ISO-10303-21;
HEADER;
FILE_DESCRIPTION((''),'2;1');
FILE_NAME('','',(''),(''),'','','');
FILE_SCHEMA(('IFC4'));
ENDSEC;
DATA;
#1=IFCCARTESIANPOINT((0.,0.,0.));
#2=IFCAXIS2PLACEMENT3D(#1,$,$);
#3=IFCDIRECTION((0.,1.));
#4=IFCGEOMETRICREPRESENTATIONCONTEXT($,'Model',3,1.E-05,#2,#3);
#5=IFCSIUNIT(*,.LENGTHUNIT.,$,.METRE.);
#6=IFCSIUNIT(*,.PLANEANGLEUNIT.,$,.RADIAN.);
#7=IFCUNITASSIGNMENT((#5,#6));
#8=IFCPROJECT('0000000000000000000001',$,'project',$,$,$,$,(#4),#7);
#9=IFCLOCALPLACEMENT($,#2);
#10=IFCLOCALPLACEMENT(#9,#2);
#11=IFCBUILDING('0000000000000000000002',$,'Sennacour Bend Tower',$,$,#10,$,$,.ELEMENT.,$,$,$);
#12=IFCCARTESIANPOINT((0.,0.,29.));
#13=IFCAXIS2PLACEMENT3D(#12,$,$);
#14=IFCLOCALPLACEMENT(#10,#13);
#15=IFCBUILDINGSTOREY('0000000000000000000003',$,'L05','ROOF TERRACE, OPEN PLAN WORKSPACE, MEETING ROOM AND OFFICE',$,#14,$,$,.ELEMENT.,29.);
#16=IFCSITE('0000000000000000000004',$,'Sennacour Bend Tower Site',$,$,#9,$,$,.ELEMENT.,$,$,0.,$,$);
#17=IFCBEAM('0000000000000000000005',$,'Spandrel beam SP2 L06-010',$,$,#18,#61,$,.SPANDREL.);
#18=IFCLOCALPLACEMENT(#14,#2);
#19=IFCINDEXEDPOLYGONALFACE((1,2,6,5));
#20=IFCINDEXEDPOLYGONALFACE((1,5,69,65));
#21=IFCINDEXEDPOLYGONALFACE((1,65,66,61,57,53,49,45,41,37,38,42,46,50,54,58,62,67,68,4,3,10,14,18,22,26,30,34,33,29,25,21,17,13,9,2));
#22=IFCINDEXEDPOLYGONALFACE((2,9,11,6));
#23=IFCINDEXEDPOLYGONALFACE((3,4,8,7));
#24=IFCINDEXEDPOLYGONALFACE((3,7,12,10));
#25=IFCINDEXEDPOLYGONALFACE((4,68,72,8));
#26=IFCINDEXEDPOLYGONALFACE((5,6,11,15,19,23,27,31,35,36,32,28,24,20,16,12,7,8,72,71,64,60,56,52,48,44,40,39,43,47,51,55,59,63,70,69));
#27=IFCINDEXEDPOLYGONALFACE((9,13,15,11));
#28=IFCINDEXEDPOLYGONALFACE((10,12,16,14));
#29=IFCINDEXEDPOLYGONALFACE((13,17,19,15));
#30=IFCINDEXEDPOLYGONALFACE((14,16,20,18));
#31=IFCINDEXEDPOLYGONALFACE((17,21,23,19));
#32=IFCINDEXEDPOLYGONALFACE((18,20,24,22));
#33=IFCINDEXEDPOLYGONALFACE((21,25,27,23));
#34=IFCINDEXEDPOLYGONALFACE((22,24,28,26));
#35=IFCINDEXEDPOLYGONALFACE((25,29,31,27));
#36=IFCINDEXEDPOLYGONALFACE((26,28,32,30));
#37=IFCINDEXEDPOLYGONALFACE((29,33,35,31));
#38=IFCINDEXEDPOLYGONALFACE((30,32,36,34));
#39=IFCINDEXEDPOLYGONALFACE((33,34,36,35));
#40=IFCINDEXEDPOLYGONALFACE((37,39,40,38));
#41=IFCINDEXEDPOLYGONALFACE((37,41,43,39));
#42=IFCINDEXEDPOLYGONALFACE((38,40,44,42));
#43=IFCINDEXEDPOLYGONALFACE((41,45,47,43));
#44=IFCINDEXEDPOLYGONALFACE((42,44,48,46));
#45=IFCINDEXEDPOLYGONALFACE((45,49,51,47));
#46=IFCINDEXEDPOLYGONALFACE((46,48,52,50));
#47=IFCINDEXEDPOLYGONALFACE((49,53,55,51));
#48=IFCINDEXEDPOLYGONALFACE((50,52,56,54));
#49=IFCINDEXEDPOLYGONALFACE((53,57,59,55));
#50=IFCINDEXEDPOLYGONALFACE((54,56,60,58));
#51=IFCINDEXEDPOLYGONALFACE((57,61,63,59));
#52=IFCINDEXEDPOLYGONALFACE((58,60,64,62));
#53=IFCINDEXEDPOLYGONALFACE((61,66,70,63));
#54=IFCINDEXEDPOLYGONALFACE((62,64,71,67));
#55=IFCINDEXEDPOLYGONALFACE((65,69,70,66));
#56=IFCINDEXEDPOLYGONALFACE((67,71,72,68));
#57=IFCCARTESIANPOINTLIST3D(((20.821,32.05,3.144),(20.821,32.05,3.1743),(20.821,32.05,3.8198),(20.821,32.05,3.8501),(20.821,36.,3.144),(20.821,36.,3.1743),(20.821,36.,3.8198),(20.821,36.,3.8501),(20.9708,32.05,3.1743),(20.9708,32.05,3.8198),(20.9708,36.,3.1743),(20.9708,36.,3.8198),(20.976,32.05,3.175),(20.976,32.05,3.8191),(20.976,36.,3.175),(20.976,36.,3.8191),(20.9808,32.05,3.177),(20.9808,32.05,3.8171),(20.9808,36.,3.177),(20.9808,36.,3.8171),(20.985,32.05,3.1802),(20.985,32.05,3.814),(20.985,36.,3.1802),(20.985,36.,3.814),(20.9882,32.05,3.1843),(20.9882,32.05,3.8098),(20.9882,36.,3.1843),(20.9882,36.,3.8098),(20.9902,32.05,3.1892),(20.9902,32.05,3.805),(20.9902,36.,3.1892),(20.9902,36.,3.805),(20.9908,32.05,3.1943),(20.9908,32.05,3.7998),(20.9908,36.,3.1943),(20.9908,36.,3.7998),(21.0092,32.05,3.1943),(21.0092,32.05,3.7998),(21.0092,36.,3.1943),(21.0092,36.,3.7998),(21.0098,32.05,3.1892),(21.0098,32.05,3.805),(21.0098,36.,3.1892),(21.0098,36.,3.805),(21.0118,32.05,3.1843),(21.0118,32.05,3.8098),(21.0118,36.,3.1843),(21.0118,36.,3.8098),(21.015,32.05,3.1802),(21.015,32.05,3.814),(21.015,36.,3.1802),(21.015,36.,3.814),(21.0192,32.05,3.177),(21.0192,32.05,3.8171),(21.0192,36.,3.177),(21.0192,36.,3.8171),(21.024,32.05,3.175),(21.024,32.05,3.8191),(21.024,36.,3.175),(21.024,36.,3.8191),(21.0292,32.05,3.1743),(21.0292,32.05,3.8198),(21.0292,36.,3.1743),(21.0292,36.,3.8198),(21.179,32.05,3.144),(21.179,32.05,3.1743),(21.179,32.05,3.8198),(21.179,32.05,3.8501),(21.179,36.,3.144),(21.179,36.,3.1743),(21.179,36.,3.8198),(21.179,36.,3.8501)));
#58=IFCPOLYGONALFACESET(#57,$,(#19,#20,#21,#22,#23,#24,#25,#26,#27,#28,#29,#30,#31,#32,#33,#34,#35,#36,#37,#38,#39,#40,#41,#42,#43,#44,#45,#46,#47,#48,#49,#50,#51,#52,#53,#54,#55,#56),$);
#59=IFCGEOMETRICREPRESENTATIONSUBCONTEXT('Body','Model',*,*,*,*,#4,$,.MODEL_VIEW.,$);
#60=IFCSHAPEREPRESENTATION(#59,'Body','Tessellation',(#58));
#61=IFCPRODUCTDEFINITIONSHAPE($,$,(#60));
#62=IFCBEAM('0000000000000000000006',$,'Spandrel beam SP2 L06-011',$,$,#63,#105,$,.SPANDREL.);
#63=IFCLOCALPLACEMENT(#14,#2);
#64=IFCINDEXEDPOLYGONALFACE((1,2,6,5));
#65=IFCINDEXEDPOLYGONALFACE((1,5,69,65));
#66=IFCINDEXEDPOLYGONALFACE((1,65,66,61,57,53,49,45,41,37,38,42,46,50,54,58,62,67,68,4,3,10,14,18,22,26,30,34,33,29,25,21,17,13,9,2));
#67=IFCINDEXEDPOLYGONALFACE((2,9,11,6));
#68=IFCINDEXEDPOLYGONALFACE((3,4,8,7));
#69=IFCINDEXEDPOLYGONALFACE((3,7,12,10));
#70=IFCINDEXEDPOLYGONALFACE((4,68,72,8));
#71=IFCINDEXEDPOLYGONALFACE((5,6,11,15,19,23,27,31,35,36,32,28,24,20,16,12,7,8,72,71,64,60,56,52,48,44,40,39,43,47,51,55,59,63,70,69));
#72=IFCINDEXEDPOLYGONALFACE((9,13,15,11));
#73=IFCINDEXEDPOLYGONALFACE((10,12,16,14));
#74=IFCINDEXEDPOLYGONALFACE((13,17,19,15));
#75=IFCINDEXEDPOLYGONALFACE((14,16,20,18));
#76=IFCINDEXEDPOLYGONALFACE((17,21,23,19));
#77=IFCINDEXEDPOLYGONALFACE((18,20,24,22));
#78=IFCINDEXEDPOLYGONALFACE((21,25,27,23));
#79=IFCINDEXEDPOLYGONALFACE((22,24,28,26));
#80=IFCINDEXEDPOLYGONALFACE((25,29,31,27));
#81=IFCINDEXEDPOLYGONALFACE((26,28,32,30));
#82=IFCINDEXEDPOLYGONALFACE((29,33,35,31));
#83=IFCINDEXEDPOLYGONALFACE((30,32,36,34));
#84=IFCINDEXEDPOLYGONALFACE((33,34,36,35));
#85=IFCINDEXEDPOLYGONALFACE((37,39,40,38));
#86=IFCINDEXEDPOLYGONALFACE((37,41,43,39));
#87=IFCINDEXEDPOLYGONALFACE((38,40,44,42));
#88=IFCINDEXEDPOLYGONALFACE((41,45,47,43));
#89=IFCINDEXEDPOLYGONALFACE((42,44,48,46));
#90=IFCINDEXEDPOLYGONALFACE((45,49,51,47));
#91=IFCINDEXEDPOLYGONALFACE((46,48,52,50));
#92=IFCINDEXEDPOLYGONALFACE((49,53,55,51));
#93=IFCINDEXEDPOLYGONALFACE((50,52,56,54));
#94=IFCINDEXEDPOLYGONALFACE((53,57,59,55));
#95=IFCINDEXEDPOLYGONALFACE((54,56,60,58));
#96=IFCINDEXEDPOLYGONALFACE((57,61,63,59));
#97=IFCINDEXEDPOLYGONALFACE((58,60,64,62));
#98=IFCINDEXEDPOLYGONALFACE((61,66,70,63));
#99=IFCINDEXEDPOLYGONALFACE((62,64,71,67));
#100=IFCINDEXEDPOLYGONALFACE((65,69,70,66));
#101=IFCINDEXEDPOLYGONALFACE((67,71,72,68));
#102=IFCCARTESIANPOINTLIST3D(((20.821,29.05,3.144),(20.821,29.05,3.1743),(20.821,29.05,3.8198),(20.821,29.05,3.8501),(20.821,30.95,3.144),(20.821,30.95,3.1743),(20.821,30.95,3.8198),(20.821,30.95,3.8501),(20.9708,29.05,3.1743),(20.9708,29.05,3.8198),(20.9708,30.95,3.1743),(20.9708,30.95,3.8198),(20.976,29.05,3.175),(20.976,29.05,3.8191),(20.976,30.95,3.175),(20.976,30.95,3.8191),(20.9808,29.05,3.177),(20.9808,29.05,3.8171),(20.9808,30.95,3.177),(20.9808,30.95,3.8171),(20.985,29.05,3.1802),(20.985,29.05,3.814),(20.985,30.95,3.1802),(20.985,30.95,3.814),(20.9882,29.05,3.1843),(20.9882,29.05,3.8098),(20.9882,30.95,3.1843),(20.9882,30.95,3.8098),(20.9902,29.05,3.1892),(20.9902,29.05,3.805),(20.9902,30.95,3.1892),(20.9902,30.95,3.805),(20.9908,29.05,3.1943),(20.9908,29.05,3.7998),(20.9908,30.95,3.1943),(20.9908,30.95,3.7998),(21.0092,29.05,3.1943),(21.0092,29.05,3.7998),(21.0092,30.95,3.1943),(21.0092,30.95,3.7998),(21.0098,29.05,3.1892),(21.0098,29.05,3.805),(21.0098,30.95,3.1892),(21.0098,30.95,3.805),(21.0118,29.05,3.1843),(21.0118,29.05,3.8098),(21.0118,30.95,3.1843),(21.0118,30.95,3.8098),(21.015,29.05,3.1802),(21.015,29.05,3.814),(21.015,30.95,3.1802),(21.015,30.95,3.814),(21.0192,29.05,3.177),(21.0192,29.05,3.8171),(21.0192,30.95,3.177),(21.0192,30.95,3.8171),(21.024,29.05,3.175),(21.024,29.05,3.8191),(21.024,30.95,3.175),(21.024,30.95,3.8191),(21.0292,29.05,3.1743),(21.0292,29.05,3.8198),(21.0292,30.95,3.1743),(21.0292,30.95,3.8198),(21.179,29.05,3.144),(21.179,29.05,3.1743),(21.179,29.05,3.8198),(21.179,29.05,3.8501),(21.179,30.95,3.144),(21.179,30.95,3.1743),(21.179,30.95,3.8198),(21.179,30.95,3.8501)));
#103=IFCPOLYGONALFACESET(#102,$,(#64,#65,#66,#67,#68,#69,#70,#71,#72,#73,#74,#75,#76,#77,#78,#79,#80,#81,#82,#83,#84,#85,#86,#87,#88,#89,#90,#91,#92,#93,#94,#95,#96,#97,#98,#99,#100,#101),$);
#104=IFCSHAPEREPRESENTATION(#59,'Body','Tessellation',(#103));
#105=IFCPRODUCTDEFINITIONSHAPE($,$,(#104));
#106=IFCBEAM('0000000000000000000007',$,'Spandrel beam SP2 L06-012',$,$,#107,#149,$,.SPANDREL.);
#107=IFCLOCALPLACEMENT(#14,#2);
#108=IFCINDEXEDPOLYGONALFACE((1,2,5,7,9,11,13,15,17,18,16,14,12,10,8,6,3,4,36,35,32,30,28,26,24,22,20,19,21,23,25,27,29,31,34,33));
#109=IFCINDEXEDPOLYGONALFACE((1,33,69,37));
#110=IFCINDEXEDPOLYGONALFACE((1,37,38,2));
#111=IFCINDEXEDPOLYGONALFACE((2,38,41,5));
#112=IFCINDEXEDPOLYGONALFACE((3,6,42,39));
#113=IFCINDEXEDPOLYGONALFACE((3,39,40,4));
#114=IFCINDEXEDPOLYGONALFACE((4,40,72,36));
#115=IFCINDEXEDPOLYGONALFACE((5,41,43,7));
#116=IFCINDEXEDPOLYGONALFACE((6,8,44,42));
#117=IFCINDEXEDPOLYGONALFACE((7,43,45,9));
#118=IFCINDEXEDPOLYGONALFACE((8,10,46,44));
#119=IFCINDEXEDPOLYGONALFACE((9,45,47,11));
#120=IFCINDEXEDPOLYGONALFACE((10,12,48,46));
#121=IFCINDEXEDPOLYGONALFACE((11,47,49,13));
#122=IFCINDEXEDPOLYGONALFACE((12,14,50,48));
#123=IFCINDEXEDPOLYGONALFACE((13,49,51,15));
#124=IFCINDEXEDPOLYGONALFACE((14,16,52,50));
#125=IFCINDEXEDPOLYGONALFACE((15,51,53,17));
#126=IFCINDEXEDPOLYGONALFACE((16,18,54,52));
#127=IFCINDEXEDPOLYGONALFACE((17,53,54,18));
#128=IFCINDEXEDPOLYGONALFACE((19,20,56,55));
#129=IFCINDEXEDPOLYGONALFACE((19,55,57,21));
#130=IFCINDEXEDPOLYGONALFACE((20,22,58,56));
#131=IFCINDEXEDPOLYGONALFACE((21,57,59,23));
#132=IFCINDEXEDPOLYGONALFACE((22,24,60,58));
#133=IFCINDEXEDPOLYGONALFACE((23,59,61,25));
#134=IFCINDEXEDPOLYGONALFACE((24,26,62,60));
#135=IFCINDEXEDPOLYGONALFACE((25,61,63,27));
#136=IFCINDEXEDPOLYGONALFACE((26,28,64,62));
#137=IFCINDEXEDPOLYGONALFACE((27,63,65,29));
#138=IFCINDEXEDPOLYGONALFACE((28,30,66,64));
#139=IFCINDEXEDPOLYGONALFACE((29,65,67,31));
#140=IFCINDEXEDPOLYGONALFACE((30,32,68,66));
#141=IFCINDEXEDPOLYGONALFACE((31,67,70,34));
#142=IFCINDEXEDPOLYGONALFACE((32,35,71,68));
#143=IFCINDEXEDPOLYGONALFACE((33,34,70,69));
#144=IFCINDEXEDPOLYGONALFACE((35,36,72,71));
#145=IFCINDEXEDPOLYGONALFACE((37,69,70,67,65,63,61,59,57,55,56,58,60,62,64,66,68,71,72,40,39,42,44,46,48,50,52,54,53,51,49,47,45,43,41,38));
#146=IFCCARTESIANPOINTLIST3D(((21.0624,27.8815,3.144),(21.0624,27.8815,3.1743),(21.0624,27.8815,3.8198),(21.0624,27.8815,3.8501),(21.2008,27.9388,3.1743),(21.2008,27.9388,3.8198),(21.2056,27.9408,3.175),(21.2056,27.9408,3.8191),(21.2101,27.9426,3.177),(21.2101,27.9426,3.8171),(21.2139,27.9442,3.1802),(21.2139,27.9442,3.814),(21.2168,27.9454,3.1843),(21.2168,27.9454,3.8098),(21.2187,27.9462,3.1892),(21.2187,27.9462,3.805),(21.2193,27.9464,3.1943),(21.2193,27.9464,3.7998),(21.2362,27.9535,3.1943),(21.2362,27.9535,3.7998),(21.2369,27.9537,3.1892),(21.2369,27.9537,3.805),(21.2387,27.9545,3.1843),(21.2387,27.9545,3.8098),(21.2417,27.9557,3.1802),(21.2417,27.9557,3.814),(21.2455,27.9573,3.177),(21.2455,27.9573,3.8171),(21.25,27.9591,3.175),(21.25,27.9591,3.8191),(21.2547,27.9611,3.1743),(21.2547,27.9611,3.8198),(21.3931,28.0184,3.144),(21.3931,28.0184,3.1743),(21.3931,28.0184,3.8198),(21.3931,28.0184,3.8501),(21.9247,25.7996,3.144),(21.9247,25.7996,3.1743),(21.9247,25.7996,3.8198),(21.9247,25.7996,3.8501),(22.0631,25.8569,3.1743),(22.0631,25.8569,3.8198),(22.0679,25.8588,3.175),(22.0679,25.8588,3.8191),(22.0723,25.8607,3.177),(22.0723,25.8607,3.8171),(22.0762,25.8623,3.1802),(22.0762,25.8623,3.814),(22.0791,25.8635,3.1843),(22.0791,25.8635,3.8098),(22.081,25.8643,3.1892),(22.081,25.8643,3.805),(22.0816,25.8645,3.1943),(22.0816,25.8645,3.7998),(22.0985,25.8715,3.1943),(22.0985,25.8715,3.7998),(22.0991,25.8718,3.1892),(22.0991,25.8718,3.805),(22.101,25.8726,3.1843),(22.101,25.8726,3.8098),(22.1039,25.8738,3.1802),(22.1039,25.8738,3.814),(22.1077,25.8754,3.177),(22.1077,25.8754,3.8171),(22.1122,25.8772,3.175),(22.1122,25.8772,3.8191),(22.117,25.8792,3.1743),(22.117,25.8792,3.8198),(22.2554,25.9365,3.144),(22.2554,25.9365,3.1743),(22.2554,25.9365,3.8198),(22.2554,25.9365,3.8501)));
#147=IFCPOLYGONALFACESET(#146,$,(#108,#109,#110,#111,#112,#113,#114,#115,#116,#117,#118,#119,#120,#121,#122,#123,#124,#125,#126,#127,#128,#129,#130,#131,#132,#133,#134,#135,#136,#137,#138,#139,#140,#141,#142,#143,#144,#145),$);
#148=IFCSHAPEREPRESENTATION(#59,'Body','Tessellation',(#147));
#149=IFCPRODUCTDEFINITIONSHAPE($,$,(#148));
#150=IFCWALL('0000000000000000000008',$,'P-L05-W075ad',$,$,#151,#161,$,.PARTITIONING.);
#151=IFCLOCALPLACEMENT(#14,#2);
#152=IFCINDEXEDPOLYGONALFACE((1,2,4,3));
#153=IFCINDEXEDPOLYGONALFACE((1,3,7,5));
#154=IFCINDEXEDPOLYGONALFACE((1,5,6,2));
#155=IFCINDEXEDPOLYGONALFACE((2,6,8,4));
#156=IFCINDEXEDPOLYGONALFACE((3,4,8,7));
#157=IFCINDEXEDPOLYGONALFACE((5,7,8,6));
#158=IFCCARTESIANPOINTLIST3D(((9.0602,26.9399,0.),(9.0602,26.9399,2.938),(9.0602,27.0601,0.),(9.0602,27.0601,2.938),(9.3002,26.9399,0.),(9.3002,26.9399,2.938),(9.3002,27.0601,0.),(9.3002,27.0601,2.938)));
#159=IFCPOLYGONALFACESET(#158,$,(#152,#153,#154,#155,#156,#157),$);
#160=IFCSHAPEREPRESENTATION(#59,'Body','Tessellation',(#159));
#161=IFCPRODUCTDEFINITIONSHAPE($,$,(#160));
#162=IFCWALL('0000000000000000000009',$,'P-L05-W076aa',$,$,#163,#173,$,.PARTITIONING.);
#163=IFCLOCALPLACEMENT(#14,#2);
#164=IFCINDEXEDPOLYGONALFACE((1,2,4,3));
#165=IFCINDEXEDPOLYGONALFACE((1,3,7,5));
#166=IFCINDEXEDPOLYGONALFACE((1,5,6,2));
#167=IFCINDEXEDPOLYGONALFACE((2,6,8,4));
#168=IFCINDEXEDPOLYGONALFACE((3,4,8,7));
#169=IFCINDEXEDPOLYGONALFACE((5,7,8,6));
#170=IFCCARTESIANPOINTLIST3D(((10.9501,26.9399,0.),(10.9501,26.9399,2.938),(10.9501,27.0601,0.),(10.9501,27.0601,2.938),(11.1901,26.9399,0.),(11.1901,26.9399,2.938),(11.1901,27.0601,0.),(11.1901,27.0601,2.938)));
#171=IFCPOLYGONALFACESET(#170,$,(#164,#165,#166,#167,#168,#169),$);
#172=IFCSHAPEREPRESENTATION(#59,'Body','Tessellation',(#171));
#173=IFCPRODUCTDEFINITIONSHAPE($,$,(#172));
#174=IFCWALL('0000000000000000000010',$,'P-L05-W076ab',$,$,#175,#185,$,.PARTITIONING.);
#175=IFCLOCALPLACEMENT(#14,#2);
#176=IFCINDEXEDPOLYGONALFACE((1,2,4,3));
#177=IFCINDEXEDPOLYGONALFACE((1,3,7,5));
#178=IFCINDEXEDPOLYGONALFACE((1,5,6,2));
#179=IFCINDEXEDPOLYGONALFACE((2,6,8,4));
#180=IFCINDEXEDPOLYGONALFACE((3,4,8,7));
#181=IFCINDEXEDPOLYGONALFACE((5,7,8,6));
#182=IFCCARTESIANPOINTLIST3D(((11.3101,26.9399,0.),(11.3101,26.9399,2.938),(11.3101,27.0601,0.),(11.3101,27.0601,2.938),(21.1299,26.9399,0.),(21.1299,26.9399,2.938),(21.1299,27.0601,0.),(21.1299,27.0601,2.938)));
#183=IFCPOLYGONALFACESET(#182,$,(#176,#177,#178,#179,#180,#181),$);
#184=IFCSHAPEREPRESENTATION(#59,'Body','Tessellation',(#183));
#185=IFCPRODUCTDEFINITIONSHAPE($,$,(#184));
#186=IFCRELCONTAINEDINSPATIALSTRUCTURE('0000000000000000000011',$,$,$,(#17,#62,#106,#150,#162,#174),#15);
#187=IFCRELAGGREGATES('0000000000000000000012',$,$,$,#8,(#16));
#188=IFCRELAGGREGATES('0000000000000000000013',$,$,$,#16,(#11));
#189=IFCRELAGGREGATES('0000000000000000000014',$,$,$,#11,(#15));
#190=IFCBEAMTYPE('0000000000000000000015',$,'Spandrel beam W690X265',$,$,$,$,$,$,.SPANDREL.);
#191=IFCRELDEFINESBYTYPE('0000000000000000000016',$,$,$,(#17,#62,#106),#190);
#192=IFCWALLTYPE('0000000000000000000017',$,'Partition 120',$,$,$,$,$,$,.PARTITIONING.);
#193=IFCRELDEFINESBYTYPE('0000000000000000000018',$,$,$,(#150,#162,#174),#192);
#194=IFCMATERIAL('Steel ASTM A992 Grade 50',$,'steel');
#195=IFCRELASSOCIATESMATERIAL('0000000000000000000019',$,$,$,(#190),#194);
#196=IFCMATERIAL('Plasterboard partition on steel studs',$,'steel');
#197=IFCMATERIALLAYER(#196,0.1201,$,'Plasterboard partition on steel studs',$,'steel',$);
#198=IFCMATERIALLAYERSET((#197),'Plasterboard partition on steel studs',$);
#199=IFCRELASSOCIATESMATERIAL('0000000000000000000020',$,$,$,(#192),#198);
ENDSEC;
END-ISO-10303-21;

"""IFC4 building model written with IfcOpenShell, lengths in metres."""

from ifc_helpers import new_model, si_unit, direction, frame, frame_2d, origin, origin_2d, place, context, subcontext, project, spatial, rectangle, i_section, extrude, material, layer, layer_set, material_profile, profile_set, type_object, element, save


model = new_model("IFC4")

# Units and contexts
model_context = context("Model", 3, precision=1e-05, world=origin(), true_north=direction((0.0, 1.0)))
body_context = subcontext(model_context, "Body", "Model", "MODEL_VIEW")
ifc_project = project(units=[si_unit("LENGTHUNIT", "METRE"), si_unit("PLANEANGLEUNIT", "RADIAN")], contexts=[model_context])

# Site, building, storey
site_placement = place(None, origin())
site = spatial("IfcSite", under=ifc_project, at=site_placement, Name="Sennacour Bend Tower Site", CompositionType="ELEMENT", RefElevation=0.0)
building_placement = place(site_placement, origin())
building = spatial("IfcBuilding", under=site, at=building_placement, Name="Sennacour Bend Tower", CompositionType="ELEMENT")
storey_placement = place(building_placement, frame((0.0, 0.0, 29.0)))
storey = spatial("IfcBuildingStorey", under=building, at=storey_placement, Name="L05", Description="ROOF TERRACE, OPEN PLAN WORKSPACE, MEETING ROOM AND OFFICE", CompositionType="ELEMENT", Elevation=29.0)

# Beams
ifc_material_1 = material(Name="Steel ASTM A992 Grade 50", Category="steel")
ifc_material_profile_1 = material_profile(ifc_material_1, i_section(OverallWidth=0.3579, OverallDepth=0.7061, WebThickness=0.0183, FlangeThickness=0.0303, FilletRadius=0.02, at=origin_2d()), Name="Steel ASTM A992 Grade 50", Category="steel")
ifc_profile_set_1 = profile_set([ifc_material_profile_1], Name="Steel ASTM A992 Grade 50")
beam_type_1 = type_object("IfcBeamType", Name="Spandrel beam W690X265", PredefinedType="SPANDREL", material=ifc_profile_set_1)
beam_1_placement = place(storey_placement, frame((21.0, 36.0, 3.4971), z_axis=(0.0, -1.0, 0.0), x_axis=(1.0, 0.0, 0.0)))
element("IfcBeam", 1, at=beam_1_placement, inside=storey, type_object=beam_type_1, Name="Spandrel beam SP2 L06-010", PredefinedType="SPANDREL", context=body_context, shape_type="SweptSolid", body=[
    extrude(i_section(OverallWidth=0.3579, OverallDepth=0.7061, WebThickness=0.0183, FlangeThickness=0.0303, FilletRadius=0.02, at=origin_2d()), origin(), (0.0, 0.0, 1.0), 3.95),
])
beam_2_placement = place(storey_placement, frame((21.0, 30.95, 3.4971), z_axis=(0.0, -1.0, 0.0), x_axis=(1.0, 0.0, 0.0)))
element("IfcBeam", 2, at=beam_2_placement, inside=storey, type_object=beam_type_1, Name="Spandrel beam SP2 L06-011", PredefinedType="SPANDREL", context=body_context, shape_type="SweptSolid", body=[
    extrude(i_section(OverallWidth=0.3579, OverallDepth=0.7061, WebThickness=0.0183, FlangeThickness=0.0303, FilletRadius=0.02, at=origin_2d()), origin(), (0.0, 0.0, 1.0), 1.8999),
])
beam_3_placement = place(storey_placement, frame((21.2278, 27.95, 3.4971), z_axis=(0.382645, -0.923895, 0.0), x_axis=(0.923895, 0.382645, 0.0)))
element("IfcBeam", 3, at=beam_3_placement, inside=storey, type_object=beam_type_1, Name="Spandrel beam SP2 L06-012", PredefinedType="SPANDREL", context=body_context, shape_type="SweptSolid", body=[
    extrude(i_section(OverallWidth=0.3579, OverallDepth=0.7061, WebThickness=0.0183, FlangeThickness=0.0303, FilletRadius=0.02, at=origin_2d()), origin(), (0.0, 0.0, 1.0), 2.2534),
])

# Walls
ifc_material_2 = material(Name="Plasterboard partition on steel studs", Category="steel")
ifc_layer_1 = layer(ifc_material_2, 0.1201, Name="Plasterboard partition on steel studs", Category="steel")
ifc_layer_set_1 = layer_set([ifc_layer_1], Name="Plasterboard partition on steel studs")
wall_type_1 = type_object("IfcWallType", Name="Partition 120", PredefinedType="PARTITIONING", material=ifc_layer_set_1)
for number, where, z_axis, x_axis, name in (
    (4, (9.0601, 27.0, 0.0), (0.0, 0.0, 1.0), (1.0, 0.0, 0.0), "P-L05-W075ad"),
    (5, (10.95, 27.0, 0.0), (0.0, 0.0, 1.0), (1.0, 0.0, 0.0), "P-L05-W076aa"),
):
    element("IfcWall", number, at=place(storey_placement, frame(where, z_axis=z_axis, x_axis=x_axis)), inside=storey, type_object=wall_type_1, Name=name, PredefinedType="PARTITIONING", context=body_context, shape_type="SweptSolid", body=[
        extrude(rectangle(XDim=0.24, YDim=0.1201, at=frame_2d((0.1201, 0.0))), origin(), (0.0, 0.0, 1.0), 2.938),
    ])
wall_1_placement = place(storey_placement, frame((11.3101, 27.0, 0.0), z_axis=(0.0, 0.0, 1.0), x_axis=(1.0, 0.0, 0.0)))
element("IfcWall", 6, at=wall_1_placement, inside=storey, type_object=wall_type_1, Name="P-L05-W076ab", PredefinedType="PARTITIONING", context=body_context, shape_type="SweptSolid", body=[
    extrude(rectangle(XDim=9.8198, YDim=0.1201, at=frame_2d((4.9099, 0.0))), origin(), (0.0, 0.0, 1.0), 2.938),
])

save(model, "model.ifc")
